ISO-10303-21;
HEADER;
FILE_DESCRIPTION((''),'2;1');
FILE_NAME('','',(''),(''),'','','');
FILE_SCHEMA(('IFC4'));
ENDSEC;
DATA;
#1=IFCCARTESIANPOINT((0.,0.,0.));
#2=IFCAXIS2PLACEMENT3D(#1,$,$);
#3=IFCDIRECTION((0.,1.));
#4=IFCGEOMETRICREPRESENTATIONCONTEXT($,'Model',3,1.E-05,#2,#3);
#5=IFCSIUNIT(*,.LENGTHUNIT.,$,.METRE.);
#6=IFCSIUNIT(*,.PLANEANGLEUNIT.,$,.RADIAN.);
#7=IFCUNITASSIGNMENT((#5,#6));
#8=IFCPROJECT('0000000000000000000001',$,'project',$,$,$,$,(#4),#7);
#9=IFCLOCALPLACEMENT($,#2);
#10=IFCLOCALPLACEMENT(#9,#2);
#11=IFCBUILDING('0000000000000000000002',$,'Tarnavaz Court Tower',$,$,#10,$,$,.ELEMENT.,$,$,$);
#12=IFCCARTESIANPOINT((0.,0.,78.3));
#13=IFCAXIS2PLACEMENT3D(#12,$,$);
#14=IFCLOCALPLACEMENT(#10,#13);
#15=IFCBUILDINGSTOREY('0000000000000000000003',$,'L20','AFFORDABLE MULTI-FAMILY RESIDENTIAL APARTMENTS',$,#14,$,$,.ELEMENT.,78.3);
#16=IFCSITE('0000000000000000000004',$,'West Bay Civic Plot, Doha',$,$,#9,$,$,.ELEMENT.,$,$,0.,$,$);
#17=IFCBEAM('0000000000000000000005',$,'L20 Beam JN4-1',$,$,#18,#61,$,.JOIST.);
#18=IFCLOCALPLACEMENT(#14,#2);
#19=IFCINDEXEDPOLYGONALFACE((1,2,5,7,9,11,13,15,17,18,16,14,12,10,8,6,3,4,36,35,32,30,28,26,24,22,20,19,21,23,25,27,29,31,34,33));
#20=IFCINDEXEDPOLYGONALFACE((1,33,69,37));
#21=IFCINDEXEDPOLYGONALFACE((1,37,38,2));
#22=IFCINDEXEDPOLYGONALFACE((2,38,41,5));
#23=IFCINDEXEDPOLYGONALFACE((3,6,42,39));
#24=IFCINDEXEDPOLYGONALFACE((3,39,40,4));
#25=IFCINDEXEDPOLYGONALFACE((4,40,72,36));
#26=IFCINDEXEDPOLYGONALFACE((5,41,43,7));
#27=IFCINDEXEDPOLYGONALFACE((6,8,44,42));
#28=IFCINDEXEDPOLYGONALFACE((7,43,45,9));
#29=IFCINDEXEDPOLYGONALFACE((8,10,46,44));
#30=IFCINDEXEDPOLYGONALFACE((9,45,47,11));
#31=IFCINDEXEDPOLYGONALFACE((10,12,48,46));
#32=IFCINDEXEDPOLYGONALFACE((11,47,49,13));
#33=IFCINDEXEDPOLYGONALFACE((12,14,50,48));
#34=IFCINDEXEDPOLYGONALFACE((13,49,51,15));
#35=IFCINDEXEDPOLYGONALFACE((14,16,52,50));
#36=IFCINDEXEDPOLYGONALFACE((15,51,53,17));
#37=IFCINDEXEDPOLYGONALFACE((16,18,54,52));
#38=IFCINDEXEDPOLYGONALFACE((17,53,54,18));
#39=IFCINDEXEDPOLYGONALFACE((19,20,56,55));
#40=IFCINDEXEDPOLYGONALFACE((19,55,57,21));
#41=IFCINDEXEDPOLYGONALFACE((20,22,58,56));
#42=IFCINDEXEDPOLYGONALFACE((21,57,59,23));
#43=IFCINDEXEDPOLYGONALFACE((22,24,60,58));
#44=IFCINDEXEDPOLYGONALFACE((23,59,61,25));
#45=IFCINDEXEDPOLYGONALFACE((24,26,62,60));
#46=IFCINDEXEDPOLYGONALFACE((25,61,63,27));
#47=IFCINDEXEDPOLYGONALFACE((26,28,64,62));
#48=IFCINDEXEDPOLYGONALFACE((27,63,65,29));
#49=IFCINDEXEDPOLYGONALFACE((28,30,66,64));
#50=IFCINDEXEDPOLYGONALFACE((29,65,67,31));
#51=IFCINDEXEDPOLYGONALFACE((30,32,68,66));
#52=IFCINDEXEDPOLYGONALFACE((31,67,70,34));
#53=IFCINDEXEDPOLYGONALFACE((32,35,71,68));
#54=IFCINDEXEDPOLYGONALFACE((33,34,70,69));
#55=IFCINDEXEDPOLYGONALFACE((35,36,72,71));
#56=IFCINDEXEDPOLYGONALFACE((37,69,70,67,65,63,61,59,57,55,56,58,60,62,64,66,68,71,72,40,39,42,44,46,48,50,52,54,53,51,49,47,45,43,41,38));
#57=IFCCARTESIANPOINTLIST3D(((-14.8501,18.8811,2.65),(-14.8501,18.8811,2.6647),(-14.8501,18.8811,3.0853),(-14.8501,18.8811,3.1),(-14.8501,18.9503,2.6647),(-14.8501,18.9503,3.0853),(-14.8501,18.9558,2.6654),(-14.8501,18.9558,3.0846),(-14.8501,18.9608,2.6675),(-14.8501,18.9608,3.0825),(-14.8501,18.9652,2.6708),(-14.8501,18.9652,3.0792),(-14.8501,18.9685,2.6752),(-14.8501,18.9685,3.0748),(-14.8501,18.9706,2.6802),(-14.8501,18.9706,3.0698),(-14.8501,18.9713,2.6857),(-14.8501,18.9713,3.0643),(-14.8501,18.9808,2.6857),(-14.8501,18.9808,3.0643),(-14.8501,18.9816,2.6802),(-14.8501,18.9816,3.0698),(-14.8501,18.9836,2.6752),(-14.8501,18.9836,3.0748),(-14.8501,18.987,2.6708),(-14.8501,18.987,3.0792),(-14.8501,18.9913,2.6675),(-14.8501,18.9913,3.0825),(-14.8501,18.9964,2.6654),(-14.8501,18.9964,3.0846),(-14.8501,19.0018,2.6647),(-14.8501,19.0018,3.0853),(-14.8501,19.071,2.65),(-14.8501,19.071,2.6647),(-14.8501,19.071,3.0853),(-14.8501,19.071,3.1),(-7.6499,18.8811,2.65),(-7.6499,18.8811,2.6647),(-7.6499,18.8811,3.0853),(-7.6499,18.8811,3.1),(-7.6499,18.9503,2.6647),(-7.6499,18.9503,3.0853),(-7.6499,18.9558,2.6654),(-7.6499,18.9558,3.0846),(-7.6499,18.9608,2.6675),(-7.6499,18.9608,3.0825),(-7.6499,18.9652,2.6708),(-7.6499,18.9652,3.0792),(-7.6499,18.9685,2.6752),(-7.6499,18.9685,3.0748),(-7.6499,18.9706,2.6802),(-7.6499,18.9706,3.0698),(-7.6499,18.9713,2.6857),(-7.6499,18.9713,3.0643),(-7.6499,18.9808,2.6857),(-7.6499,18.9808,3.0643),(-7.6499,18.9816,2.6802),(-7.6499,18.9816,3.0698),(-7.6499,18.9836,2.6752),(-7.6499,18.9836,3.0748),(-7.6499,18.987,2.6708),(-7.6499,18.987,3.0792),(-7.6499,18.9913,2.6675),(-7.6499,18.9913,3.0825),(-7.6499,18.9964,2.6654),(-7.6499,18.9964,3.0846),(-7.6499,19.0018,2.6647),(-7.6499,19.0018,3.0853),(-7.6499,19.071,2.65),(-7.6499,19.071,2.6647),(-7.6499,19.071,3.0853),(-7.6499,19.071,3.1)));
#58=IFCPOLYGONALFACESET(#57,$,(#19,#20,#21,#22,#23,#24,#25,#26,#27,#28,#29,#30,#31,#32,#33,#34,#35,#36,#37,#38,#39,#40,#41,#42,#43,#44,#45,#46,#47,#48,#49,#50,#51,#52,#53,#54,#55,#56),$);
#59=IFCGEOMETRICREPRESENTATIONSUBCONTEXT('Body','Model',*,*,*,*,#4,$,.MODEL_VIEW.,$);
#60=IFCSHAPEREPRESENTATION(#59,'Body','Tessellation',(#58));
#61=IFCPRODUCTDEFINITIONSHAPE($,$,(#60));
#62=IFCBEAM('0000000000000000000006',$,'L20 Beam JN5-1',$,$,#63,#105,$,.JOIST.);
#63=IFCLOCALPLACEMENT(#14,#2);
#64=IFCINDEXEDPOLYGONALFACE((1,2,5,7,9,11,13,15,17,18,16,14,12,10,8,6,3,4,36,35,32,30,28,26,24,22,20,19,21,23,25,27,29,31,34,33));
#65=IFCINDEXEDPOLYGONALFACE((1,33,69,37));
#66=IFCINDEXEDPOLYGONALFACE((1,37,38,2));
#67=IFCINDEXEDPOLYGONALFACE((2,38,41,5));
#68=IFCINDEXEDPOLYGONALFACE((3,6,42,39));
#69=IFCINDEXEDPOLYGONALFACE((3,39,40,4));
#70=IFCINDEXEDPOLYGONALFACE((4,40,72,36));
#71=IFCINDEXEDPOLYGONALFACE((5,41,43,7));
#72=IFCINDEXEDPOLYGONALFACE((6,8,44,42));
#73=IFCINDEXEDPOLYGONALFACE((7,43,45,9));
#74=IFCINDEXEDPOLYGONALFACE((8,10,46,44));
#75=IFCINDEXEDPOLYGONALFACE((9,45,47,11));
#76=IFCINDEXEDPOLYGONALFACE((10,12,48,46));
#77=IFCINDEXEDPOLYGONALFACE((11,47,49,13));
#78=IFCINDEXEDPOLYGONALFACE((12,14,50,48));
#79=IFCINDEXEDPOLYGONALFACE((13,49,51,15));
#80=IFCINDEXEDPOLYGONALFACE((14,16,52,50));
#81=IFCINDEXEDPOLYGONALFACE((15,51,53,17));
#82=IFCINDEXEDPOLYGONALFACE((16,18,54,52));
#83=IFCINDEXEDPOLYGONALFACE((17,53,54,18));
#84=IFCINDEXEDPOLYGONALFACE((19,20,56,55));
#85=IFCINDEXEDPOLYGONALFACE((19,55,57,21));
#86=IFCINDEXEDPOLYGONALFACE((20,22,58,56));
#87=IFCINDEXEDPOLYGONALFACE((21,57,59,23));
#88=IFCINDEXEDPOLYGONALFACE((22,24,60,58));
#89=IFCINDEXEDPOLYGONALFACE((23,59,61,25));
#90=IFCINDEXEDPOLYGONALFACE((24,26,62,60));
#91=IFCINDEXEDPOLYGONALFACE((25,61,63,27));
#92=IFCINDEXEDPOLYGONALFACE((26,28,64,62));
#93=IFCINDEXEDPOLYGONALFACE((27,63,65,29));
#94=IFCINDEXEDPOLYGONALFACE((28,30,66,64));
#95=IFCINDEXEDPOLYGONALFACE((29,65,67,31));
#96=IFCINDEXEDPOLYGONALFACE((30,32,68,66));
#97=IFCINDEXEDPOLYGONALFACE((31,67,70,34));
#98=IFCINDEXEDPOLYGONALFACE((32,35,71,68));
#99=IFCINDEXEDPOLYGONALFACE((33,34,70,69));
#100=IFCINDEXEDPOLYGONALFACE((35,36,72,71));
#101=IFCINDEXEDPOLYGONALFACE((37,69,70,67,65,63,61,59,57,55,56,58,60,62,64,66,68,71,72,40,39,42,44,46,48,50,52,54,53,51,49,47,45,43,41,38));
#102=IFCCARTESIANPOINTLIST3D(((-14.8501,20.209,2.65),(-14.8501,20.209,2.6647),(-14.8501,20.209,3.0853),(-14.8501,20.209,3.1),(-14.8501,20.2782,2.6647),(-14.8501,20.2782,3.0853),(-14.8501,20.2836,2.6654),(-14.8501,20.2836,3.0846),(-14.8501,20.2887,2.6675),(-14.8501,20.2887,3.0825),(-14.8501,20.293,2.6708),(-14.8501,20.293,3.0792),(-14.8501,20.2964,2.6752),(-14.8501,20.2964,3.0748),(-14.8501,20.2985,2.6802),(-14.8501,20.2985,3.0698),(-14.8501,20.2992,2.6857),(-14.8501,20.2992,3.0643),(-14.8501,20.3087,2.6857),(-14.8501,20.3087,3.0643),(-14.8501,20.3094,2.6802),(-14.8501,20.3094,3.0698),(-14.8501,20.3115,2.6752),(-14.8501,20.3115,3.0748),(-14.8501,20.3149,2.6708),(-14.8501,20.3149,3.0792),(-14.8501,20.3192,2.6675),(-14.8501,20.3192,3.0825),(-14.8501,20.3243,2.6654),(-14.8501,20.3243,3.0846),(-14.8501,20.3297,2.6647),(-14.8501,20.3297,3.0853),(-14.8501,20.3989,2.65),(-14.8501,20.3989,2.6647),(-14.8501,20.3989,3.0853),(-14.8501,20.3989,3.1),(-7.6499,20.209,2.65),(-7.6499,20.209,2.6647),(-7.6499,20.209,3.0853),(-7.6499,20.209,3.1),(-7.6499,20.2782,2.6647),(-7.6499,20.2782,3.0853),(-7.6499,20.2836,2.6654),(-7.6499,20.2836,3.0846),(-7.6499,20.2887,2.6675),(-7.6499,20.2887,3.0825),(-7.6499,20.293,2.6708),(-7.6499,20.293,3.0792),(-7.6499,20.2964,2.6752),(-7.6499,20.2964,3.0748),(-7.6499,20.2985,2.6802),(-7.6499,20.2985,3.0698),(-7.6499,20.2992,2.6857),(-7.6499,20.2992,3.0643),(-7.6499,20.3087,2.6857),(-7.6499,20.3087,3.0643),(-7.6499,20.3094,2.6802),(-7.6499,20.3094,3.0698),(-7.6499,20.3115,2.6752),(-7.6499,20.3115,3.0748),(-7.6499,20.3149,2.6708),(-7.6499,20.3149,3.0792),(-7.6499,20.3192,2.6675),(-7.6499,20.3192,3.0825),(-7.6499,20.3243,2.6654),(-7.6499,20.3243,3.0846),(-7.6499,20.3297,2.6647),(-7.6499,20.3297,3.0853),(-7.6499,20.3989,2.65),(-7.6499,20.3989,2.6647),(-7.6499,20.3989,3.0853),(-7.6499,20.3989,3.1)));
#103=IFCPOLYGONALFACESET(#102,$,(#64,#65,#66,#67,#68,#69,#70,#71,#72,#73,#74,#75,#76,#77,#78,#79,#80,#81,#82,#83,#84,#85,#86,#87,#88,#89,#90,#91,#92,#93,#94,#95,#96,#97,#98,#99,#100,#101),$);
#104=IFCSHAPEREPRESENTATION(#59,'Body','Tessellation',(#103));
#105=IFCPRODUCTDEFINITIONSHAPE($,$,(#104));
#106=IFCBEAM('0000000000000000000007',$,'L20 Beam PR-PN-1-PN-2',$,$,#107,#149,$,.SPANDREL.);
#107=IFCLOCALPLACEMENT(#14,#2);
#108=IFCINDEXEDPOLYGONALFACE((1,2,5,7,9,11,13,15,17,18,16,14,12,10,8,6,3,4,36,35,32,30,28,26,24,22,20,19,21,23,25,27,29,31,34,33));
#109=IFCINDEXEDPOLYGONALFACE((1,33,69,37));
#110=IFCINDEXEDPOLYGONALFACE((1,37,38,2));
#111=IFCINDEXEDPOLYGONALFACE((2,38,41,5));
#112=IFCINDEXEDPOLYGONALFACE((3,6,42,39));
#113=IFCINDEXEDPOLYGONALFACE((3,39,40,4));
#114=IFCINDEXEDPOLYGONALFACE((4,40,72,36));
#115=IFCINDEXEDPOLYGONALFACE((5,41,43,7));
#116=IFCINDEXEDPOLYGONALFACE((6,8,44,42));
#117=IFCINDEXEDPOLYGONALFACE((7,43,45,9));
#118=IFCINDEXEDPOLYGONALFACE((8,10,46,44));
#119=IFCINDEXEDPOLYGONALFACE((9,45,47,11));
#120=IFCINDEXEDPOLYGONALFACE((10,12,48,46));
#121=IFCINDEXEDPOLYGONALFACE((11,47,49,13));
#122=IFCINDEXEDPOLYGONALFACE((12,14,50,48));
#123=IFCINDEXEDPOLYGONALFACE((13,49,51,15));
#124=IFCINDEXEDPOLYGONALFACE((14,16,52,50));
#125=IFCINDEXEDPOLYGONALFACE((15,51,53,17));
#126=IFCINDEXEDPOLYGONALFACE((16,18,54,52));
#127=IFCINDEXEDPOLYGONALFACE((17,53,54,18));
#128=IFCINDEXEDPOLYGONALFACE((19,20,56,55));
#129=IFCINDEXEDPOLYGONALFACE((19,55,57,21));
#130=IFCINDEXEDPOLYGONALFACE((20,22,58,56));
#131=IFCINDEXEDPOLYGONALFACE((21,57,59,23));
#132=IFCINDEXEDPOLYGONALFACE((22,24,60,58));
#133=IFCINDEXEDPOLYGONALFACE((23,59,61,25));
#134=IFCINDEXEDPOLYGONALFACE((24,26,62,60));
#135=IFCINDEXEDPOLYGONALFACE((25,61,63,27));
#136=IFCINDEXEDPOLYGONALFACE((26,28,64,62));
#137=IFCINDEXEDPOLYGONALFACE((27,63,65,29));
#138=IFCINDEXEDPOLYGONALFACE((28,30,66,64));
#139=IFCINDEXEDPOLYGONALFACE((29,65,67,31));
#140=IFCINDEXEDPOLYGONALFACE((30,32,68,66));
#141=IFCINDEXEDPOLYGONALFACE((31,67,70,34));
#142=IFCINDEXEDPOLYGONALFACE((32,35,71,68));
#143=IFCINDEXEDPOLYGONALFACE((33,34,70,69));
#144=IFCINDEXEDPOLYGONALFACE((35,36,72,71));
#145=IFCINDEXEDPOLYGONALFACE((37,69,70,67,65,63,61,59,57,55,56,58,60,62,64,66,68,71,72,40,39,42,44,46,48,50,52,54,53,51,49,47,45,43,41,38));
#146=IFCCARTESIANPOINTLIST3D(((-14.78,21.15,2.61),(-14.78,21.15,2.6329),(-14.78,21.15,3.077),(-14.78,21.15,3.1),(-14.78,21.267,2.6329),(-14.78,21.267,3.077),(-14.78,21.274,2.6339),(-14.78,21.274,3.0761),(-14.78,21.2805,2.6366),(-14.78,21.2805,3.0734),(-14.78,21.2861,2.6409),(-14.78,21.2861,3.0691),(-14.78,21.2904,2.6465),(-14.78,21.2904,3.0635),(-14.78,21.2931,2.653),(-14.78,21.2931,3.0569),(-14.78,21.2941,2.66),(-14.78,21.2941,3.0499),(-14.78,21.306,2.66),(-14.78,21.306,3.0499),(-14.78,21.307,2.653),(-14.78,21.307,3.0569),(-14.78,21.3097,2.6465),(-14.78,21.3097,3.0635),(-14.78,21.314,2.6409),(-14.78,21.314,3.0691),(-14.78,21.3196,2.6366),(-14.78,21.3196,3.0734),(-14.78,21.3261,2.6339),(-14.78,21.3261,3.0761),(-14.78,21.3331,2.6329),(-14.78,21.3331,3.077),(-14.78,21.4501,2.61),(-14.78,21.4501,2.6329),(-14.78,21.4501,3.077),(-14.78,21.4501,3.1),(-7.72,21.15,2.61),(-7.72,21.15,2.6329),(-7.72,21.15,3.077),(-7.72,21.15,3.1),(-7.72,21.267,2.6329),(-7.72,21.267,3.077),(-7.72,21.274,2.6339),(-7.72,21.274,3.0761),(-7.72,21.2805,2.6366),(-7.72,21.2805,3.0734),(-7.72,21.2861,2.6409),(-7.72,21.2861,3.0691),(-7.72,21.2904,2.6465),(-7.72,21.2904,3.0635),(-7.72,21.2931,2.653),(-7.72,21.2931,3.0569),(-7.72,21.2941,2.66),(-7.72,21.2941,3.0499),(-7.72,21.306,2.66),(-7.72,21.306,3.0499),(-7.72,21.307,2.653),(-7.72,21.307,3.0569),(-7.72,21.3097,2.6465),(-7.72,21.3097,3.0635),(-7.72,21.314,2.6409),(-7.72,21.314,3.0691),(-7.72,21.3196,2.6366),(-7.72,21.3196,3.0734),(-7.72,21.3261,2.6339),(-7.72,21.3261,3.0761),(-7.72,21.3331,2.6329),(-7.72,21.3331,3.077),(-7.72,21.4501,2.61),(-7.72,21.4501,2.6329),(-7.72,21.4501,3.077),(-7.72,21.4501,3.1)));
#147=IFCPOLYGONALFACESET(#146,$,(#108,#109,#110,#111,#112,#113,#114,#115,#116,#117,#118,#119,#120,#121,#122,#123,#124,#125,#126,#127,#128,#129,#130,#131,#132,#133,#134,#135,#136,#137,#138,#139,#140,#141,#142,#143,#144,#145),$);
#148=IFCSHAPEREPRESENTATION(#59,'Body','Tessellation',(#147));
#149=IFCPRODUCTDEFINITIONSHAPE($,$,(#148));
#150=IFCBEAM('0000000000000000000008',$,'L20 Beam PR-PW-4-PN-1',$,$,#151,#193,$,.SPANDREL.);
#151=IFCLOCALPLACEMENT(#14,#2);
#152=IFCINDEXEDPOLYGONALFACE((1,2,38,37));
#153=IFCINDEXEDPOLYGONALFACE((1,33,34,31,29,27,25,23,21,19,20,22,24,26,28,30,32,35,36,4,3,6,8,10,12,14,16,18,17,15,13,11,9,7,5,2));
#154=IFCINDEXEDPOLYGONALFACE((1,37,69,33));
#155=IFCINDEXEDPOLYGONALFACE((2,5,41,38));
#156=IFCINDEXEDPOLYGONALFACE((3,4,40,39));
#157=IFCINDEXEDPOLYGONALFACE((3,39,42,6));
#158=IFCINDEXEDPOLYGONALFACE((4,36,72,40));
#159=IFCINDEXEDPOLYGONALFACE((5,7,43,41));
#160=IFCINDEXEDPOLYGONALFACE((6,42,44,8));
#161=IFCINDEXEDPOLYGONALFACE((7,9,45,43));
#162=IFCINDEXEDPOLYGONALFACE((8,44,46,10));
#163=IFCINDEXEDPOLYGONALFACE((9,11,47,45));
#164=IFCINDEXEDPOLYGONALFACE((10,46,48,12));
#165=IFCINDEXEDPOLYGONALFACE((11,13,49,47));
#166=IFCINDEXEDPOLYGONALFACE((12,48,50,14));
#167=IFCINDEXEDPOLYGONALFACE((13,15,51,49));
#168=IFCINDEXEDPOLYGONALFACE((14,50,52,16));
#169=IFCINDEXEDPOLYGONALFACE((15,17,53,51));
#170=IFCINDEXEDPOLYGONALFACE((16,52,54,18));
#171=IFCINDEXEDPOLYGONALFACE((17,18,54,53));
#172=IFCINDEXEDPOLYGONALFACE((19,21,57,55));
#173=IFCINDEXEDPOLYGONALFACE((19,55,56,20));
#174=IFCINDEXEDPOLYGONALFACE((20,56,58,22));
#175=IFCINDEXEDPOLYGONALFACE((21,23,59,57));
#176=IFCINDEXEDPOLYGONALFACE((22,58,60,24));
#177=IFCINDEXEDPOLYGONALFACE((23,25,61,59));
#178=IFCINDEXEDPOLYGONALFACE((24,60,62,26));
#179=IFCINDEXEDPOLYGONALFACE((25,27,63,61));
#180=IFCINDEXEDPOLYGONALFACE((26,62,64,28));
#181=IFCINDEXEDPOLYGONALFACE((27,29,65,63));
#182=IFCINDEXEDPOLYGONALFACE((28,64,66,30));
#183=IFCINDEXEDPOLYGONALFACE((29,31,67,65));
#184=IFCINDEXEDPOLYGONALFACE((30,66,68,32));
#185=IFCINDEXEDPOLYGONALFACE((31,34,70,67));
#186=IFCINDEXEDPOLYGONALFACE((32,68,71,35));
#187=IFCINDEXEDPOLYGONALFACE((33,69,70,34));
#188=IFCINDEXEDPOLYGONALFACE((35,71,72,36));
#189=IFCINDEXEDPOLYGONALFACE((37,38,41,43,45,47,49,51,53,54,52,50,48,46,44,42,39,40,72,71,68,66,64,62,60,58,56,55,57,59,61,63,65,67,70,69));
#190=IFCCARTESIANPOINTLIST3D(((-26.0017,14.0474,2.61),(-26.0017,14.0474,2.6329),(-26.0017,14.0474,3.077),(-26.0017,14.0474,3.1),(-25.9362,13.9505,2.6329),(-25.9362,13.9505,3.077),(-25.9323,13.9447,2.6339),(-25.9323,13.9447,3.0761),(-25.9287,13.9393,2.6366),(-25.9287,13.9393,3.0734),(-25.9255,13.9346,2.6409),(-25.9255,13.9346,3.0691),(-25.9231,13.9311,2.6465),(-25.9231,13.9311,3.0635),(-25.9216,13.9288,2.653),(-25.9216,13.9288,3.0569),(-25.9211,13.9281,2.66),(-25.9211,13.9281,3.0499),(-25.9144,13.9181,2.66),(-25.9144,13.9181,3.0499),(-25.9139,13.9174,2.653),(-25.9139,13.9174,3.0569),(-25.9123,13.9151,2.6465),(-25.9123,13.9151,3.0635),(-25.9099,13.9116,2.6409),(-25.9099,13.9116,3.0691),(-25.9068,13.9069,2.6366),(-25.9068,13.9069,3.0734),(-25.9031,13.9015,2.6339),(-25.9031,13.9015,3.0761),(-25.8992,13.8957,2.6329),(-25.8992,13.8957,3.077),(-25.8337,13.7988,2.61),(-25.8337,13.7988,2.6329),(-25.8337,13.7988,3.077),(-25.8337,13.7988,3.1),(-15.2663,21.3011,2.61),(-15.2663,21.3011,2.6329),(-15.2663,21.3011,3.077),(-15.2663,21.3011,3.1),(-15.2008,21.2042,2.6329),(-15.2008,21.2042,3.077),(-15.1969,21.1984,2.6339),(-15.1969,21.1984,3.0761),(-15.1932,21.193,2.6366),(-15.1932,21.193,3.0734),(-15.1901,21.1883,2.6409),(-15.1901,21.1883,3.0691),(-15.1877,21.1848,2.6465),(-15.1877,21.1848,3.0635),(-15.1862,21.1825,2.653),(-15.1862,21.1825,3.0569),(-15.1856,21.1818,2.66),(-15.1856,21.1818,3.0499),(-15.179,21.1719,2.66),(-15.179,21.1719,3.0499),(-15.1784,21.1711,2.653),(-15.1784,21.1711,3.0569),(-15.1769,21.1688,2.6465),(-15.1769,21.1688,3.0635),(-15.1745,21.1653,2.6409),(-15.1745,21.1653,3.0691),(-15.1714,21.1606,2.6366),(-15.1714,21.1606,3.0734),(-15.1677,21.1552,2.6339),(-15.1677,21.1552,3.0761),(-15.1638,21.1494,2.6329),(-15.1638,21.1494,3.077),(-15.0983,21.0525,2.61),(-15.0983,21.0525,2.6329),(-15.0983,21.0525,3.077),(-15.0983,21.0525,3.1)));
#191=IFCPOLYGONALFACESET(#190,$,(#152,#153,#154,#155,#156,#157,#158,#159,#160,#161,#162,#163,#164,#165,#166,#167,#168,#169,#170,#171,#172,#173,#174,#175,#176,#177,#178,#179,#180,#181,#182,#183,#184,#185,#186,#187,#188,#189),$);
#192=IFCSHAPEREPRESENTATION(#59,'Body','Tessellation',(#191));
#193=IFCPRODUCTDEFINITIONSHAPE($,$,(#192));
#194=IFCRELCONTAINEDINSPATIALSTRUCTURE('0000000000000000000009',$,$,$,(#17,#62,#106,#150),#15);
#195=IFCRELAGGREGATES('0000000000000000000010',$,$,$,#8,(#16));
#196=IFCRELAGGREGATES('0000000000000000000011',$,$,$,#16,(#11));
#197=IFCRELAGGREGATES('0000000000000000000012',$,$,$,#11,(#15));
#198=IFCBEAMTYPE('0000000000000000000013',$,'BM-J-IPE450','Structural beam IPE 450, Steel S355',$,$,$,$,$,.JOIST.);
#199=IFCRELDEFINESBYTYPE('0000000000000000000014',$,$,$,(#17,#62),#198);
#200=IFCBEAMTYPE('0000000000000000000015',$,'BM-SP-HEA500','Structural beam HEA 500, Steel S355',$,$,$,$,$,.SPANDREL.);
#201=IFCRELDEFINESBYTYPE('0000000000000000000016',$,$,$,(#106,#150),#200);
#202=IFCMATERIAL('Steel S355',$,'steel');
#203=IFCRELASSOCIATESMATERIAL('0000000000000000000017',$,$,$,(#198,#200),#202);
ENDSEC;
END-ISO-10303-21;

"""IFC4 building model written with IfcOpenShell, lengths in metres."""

from ifc_helpers import new_model, si_unit, direction, frame, origin, origin_2d, place, context, subcontext, project, spatial, i_section, extrude, material, material_profile, profile_set, type_object, element, save


model = new_model("IFC4")

# Units and contexts
model_context = context("Model", 3, precision=1e-05, world=origin(), true_north=direction((0.0, 1.0)))
body_context = subcontext(model_context, "Body", "Model", "MODEL_VIEW")
ifc_project = project(units=[si_unit("LENGTHUNIT", "METRE"), si_unit("PLANEANGLEUNIT", "RADIAN")], contexts=[model_context])

# Site, building, storey
site_placement = place(None, origin())
site = spatial("IfcSite", under=ifc_project, at=site_placement, Name="West Bay Civic Plot, Doha", CompositionType="ELEMENT", RefElevation=0.0)
building_placement = place(site_placement, origin())
building = spatial("IfcBuilding", under=site, at=building_placement, Name="Tarnavaz Court Tower", CompositionType="ELEMENT")
storey_placement = place(building_placement, frame((0.0, 0.0, 78.3)))
storey = spatial("IfcBuildingStorey", under=building, at=storey_placement, Name="L20", Description="AFFORDABLE MULTI-FAMILY RESIDENTIAL APARTMENTS", CompositionType="ELEMENT", Elevation=78.3)

# Beams
ifc_material_1 = material(Name="Steel S355", Category="steel")
ifc_material_profile_1 = material_profile(ifc_material_1, i_section(OverallWidth=0.1899, OverallDepth=0.45, WebThickness=0.0095, FlangeThickness=0.0146, FilletRadius=0.021, at=origin_2d()), Name="IPE 450")
ifc_profile_set_1 = profile_set([ifc_material_profile_1], Name="Steel S355")
beam_type_1 = type_object("IfcBeamType", Name="BM-J-IPE450", Description="Structural beam IPE 450, Steel S355", PredefinedType="JOIST", material=ifc_profile_set_1)
for number, where, z_axis, x_axis, name in (
    (1, (-14.8501, 18.9761, 2.875), (1.0, 0.0, 0.0), (0.0, 1.0, 0.0), "L20 Beam JN4-1"),
    (2, (-14.8501, 20.304, 2.875), (1.0, 0.0, 0.0), (0.0, 1.0, 0.0), "L20 Beam JN5-1"),
):
    element("IfcBeam", number, at=place(storey_placement, frame(where, z_axis=z_axis, x_axis=x_axis)), inside=storey, type_object=beam_type_1, Name=name, PredefinedType="JOIST", context=body_context, shape_type="SweptSolid", body=[
        extrude(i_section(OverallWidth=0.1899, OverallDepth=0.45, WebThickness=0.0095, FlangeThickness=0.0146, FilletRadius=0.021, at=origin_2d()), origin(), (0.0, 0.0, 1.0), 7.2002),
    ])
ifc_material_profile_2 = material_profile(ifc_material_1, i_section(OverallWidth=0.3, OverallDepth=0.49, WebThickness=0.012, FlangeThickness=0.0229, FilletRadius=0.0271, at=origin_2d()), Name="HEA 500")
ifc_profile_set_2 = profile_set([ifc_material_profile_2], Name="Steel S355")
beam_type_2 = type_object("IfcBeamType", Name="BM-SP-HEA500", Description="Structural beam HEA 500, Steel S355", PredefinedType="SPANDREL", material=ifc_profile_set_2)
beam_1_placement = place(storey_placement, frame((-14.78, 21.3, 2.855), z_axis=(1.0, 0.0, 0.0), x_axis=(0.0, 1.0, 0.0)))
element("IfcBeam", 3, at=beam_1_placement, inside=storey, type_object=beam_type_2, Name="L20 Beam PR-PN-1-PN-2", PredefinedType="SPANDREL", context=body_context, shape_type="SweptSolid", body=[
    extrude(i_section(OverallWidth=0.3, OverallDepth=0.49, WebThickness=0.012, FlangeThickness=0.0229, FilletRadius=0.0271, at=origin_2d()), origin(), (0.0, 0.0, 1.0), 7.0601),
])
beam_2_placement = place(storey_placement, frame((-25.9177, 13.9231, 2.855), z_axis=(0.828587, 0.55986, 0.0), x_axis=(-0.55986, 0.828587, 0.0)))
element("IfcBeam", 4, at=beam_2_placement, inside=storey, type_object=beam_type_2, Name="L20 Beam PR-PW-4-PN-1", PredefinedType="SPANDREL", context=body_context, shape_type="SweptSolid", body=[
    extrude(i_section(OverallWidth=0.3, OverallDepth=0.49, WebThickness=0.012, FlangeThickness=0.0229, FilletRadius=0.0271, at=origin_2d()), origin(), (0.0, 0.0, 1.0), 12.9563),
])

save(model, "model.ifc")
